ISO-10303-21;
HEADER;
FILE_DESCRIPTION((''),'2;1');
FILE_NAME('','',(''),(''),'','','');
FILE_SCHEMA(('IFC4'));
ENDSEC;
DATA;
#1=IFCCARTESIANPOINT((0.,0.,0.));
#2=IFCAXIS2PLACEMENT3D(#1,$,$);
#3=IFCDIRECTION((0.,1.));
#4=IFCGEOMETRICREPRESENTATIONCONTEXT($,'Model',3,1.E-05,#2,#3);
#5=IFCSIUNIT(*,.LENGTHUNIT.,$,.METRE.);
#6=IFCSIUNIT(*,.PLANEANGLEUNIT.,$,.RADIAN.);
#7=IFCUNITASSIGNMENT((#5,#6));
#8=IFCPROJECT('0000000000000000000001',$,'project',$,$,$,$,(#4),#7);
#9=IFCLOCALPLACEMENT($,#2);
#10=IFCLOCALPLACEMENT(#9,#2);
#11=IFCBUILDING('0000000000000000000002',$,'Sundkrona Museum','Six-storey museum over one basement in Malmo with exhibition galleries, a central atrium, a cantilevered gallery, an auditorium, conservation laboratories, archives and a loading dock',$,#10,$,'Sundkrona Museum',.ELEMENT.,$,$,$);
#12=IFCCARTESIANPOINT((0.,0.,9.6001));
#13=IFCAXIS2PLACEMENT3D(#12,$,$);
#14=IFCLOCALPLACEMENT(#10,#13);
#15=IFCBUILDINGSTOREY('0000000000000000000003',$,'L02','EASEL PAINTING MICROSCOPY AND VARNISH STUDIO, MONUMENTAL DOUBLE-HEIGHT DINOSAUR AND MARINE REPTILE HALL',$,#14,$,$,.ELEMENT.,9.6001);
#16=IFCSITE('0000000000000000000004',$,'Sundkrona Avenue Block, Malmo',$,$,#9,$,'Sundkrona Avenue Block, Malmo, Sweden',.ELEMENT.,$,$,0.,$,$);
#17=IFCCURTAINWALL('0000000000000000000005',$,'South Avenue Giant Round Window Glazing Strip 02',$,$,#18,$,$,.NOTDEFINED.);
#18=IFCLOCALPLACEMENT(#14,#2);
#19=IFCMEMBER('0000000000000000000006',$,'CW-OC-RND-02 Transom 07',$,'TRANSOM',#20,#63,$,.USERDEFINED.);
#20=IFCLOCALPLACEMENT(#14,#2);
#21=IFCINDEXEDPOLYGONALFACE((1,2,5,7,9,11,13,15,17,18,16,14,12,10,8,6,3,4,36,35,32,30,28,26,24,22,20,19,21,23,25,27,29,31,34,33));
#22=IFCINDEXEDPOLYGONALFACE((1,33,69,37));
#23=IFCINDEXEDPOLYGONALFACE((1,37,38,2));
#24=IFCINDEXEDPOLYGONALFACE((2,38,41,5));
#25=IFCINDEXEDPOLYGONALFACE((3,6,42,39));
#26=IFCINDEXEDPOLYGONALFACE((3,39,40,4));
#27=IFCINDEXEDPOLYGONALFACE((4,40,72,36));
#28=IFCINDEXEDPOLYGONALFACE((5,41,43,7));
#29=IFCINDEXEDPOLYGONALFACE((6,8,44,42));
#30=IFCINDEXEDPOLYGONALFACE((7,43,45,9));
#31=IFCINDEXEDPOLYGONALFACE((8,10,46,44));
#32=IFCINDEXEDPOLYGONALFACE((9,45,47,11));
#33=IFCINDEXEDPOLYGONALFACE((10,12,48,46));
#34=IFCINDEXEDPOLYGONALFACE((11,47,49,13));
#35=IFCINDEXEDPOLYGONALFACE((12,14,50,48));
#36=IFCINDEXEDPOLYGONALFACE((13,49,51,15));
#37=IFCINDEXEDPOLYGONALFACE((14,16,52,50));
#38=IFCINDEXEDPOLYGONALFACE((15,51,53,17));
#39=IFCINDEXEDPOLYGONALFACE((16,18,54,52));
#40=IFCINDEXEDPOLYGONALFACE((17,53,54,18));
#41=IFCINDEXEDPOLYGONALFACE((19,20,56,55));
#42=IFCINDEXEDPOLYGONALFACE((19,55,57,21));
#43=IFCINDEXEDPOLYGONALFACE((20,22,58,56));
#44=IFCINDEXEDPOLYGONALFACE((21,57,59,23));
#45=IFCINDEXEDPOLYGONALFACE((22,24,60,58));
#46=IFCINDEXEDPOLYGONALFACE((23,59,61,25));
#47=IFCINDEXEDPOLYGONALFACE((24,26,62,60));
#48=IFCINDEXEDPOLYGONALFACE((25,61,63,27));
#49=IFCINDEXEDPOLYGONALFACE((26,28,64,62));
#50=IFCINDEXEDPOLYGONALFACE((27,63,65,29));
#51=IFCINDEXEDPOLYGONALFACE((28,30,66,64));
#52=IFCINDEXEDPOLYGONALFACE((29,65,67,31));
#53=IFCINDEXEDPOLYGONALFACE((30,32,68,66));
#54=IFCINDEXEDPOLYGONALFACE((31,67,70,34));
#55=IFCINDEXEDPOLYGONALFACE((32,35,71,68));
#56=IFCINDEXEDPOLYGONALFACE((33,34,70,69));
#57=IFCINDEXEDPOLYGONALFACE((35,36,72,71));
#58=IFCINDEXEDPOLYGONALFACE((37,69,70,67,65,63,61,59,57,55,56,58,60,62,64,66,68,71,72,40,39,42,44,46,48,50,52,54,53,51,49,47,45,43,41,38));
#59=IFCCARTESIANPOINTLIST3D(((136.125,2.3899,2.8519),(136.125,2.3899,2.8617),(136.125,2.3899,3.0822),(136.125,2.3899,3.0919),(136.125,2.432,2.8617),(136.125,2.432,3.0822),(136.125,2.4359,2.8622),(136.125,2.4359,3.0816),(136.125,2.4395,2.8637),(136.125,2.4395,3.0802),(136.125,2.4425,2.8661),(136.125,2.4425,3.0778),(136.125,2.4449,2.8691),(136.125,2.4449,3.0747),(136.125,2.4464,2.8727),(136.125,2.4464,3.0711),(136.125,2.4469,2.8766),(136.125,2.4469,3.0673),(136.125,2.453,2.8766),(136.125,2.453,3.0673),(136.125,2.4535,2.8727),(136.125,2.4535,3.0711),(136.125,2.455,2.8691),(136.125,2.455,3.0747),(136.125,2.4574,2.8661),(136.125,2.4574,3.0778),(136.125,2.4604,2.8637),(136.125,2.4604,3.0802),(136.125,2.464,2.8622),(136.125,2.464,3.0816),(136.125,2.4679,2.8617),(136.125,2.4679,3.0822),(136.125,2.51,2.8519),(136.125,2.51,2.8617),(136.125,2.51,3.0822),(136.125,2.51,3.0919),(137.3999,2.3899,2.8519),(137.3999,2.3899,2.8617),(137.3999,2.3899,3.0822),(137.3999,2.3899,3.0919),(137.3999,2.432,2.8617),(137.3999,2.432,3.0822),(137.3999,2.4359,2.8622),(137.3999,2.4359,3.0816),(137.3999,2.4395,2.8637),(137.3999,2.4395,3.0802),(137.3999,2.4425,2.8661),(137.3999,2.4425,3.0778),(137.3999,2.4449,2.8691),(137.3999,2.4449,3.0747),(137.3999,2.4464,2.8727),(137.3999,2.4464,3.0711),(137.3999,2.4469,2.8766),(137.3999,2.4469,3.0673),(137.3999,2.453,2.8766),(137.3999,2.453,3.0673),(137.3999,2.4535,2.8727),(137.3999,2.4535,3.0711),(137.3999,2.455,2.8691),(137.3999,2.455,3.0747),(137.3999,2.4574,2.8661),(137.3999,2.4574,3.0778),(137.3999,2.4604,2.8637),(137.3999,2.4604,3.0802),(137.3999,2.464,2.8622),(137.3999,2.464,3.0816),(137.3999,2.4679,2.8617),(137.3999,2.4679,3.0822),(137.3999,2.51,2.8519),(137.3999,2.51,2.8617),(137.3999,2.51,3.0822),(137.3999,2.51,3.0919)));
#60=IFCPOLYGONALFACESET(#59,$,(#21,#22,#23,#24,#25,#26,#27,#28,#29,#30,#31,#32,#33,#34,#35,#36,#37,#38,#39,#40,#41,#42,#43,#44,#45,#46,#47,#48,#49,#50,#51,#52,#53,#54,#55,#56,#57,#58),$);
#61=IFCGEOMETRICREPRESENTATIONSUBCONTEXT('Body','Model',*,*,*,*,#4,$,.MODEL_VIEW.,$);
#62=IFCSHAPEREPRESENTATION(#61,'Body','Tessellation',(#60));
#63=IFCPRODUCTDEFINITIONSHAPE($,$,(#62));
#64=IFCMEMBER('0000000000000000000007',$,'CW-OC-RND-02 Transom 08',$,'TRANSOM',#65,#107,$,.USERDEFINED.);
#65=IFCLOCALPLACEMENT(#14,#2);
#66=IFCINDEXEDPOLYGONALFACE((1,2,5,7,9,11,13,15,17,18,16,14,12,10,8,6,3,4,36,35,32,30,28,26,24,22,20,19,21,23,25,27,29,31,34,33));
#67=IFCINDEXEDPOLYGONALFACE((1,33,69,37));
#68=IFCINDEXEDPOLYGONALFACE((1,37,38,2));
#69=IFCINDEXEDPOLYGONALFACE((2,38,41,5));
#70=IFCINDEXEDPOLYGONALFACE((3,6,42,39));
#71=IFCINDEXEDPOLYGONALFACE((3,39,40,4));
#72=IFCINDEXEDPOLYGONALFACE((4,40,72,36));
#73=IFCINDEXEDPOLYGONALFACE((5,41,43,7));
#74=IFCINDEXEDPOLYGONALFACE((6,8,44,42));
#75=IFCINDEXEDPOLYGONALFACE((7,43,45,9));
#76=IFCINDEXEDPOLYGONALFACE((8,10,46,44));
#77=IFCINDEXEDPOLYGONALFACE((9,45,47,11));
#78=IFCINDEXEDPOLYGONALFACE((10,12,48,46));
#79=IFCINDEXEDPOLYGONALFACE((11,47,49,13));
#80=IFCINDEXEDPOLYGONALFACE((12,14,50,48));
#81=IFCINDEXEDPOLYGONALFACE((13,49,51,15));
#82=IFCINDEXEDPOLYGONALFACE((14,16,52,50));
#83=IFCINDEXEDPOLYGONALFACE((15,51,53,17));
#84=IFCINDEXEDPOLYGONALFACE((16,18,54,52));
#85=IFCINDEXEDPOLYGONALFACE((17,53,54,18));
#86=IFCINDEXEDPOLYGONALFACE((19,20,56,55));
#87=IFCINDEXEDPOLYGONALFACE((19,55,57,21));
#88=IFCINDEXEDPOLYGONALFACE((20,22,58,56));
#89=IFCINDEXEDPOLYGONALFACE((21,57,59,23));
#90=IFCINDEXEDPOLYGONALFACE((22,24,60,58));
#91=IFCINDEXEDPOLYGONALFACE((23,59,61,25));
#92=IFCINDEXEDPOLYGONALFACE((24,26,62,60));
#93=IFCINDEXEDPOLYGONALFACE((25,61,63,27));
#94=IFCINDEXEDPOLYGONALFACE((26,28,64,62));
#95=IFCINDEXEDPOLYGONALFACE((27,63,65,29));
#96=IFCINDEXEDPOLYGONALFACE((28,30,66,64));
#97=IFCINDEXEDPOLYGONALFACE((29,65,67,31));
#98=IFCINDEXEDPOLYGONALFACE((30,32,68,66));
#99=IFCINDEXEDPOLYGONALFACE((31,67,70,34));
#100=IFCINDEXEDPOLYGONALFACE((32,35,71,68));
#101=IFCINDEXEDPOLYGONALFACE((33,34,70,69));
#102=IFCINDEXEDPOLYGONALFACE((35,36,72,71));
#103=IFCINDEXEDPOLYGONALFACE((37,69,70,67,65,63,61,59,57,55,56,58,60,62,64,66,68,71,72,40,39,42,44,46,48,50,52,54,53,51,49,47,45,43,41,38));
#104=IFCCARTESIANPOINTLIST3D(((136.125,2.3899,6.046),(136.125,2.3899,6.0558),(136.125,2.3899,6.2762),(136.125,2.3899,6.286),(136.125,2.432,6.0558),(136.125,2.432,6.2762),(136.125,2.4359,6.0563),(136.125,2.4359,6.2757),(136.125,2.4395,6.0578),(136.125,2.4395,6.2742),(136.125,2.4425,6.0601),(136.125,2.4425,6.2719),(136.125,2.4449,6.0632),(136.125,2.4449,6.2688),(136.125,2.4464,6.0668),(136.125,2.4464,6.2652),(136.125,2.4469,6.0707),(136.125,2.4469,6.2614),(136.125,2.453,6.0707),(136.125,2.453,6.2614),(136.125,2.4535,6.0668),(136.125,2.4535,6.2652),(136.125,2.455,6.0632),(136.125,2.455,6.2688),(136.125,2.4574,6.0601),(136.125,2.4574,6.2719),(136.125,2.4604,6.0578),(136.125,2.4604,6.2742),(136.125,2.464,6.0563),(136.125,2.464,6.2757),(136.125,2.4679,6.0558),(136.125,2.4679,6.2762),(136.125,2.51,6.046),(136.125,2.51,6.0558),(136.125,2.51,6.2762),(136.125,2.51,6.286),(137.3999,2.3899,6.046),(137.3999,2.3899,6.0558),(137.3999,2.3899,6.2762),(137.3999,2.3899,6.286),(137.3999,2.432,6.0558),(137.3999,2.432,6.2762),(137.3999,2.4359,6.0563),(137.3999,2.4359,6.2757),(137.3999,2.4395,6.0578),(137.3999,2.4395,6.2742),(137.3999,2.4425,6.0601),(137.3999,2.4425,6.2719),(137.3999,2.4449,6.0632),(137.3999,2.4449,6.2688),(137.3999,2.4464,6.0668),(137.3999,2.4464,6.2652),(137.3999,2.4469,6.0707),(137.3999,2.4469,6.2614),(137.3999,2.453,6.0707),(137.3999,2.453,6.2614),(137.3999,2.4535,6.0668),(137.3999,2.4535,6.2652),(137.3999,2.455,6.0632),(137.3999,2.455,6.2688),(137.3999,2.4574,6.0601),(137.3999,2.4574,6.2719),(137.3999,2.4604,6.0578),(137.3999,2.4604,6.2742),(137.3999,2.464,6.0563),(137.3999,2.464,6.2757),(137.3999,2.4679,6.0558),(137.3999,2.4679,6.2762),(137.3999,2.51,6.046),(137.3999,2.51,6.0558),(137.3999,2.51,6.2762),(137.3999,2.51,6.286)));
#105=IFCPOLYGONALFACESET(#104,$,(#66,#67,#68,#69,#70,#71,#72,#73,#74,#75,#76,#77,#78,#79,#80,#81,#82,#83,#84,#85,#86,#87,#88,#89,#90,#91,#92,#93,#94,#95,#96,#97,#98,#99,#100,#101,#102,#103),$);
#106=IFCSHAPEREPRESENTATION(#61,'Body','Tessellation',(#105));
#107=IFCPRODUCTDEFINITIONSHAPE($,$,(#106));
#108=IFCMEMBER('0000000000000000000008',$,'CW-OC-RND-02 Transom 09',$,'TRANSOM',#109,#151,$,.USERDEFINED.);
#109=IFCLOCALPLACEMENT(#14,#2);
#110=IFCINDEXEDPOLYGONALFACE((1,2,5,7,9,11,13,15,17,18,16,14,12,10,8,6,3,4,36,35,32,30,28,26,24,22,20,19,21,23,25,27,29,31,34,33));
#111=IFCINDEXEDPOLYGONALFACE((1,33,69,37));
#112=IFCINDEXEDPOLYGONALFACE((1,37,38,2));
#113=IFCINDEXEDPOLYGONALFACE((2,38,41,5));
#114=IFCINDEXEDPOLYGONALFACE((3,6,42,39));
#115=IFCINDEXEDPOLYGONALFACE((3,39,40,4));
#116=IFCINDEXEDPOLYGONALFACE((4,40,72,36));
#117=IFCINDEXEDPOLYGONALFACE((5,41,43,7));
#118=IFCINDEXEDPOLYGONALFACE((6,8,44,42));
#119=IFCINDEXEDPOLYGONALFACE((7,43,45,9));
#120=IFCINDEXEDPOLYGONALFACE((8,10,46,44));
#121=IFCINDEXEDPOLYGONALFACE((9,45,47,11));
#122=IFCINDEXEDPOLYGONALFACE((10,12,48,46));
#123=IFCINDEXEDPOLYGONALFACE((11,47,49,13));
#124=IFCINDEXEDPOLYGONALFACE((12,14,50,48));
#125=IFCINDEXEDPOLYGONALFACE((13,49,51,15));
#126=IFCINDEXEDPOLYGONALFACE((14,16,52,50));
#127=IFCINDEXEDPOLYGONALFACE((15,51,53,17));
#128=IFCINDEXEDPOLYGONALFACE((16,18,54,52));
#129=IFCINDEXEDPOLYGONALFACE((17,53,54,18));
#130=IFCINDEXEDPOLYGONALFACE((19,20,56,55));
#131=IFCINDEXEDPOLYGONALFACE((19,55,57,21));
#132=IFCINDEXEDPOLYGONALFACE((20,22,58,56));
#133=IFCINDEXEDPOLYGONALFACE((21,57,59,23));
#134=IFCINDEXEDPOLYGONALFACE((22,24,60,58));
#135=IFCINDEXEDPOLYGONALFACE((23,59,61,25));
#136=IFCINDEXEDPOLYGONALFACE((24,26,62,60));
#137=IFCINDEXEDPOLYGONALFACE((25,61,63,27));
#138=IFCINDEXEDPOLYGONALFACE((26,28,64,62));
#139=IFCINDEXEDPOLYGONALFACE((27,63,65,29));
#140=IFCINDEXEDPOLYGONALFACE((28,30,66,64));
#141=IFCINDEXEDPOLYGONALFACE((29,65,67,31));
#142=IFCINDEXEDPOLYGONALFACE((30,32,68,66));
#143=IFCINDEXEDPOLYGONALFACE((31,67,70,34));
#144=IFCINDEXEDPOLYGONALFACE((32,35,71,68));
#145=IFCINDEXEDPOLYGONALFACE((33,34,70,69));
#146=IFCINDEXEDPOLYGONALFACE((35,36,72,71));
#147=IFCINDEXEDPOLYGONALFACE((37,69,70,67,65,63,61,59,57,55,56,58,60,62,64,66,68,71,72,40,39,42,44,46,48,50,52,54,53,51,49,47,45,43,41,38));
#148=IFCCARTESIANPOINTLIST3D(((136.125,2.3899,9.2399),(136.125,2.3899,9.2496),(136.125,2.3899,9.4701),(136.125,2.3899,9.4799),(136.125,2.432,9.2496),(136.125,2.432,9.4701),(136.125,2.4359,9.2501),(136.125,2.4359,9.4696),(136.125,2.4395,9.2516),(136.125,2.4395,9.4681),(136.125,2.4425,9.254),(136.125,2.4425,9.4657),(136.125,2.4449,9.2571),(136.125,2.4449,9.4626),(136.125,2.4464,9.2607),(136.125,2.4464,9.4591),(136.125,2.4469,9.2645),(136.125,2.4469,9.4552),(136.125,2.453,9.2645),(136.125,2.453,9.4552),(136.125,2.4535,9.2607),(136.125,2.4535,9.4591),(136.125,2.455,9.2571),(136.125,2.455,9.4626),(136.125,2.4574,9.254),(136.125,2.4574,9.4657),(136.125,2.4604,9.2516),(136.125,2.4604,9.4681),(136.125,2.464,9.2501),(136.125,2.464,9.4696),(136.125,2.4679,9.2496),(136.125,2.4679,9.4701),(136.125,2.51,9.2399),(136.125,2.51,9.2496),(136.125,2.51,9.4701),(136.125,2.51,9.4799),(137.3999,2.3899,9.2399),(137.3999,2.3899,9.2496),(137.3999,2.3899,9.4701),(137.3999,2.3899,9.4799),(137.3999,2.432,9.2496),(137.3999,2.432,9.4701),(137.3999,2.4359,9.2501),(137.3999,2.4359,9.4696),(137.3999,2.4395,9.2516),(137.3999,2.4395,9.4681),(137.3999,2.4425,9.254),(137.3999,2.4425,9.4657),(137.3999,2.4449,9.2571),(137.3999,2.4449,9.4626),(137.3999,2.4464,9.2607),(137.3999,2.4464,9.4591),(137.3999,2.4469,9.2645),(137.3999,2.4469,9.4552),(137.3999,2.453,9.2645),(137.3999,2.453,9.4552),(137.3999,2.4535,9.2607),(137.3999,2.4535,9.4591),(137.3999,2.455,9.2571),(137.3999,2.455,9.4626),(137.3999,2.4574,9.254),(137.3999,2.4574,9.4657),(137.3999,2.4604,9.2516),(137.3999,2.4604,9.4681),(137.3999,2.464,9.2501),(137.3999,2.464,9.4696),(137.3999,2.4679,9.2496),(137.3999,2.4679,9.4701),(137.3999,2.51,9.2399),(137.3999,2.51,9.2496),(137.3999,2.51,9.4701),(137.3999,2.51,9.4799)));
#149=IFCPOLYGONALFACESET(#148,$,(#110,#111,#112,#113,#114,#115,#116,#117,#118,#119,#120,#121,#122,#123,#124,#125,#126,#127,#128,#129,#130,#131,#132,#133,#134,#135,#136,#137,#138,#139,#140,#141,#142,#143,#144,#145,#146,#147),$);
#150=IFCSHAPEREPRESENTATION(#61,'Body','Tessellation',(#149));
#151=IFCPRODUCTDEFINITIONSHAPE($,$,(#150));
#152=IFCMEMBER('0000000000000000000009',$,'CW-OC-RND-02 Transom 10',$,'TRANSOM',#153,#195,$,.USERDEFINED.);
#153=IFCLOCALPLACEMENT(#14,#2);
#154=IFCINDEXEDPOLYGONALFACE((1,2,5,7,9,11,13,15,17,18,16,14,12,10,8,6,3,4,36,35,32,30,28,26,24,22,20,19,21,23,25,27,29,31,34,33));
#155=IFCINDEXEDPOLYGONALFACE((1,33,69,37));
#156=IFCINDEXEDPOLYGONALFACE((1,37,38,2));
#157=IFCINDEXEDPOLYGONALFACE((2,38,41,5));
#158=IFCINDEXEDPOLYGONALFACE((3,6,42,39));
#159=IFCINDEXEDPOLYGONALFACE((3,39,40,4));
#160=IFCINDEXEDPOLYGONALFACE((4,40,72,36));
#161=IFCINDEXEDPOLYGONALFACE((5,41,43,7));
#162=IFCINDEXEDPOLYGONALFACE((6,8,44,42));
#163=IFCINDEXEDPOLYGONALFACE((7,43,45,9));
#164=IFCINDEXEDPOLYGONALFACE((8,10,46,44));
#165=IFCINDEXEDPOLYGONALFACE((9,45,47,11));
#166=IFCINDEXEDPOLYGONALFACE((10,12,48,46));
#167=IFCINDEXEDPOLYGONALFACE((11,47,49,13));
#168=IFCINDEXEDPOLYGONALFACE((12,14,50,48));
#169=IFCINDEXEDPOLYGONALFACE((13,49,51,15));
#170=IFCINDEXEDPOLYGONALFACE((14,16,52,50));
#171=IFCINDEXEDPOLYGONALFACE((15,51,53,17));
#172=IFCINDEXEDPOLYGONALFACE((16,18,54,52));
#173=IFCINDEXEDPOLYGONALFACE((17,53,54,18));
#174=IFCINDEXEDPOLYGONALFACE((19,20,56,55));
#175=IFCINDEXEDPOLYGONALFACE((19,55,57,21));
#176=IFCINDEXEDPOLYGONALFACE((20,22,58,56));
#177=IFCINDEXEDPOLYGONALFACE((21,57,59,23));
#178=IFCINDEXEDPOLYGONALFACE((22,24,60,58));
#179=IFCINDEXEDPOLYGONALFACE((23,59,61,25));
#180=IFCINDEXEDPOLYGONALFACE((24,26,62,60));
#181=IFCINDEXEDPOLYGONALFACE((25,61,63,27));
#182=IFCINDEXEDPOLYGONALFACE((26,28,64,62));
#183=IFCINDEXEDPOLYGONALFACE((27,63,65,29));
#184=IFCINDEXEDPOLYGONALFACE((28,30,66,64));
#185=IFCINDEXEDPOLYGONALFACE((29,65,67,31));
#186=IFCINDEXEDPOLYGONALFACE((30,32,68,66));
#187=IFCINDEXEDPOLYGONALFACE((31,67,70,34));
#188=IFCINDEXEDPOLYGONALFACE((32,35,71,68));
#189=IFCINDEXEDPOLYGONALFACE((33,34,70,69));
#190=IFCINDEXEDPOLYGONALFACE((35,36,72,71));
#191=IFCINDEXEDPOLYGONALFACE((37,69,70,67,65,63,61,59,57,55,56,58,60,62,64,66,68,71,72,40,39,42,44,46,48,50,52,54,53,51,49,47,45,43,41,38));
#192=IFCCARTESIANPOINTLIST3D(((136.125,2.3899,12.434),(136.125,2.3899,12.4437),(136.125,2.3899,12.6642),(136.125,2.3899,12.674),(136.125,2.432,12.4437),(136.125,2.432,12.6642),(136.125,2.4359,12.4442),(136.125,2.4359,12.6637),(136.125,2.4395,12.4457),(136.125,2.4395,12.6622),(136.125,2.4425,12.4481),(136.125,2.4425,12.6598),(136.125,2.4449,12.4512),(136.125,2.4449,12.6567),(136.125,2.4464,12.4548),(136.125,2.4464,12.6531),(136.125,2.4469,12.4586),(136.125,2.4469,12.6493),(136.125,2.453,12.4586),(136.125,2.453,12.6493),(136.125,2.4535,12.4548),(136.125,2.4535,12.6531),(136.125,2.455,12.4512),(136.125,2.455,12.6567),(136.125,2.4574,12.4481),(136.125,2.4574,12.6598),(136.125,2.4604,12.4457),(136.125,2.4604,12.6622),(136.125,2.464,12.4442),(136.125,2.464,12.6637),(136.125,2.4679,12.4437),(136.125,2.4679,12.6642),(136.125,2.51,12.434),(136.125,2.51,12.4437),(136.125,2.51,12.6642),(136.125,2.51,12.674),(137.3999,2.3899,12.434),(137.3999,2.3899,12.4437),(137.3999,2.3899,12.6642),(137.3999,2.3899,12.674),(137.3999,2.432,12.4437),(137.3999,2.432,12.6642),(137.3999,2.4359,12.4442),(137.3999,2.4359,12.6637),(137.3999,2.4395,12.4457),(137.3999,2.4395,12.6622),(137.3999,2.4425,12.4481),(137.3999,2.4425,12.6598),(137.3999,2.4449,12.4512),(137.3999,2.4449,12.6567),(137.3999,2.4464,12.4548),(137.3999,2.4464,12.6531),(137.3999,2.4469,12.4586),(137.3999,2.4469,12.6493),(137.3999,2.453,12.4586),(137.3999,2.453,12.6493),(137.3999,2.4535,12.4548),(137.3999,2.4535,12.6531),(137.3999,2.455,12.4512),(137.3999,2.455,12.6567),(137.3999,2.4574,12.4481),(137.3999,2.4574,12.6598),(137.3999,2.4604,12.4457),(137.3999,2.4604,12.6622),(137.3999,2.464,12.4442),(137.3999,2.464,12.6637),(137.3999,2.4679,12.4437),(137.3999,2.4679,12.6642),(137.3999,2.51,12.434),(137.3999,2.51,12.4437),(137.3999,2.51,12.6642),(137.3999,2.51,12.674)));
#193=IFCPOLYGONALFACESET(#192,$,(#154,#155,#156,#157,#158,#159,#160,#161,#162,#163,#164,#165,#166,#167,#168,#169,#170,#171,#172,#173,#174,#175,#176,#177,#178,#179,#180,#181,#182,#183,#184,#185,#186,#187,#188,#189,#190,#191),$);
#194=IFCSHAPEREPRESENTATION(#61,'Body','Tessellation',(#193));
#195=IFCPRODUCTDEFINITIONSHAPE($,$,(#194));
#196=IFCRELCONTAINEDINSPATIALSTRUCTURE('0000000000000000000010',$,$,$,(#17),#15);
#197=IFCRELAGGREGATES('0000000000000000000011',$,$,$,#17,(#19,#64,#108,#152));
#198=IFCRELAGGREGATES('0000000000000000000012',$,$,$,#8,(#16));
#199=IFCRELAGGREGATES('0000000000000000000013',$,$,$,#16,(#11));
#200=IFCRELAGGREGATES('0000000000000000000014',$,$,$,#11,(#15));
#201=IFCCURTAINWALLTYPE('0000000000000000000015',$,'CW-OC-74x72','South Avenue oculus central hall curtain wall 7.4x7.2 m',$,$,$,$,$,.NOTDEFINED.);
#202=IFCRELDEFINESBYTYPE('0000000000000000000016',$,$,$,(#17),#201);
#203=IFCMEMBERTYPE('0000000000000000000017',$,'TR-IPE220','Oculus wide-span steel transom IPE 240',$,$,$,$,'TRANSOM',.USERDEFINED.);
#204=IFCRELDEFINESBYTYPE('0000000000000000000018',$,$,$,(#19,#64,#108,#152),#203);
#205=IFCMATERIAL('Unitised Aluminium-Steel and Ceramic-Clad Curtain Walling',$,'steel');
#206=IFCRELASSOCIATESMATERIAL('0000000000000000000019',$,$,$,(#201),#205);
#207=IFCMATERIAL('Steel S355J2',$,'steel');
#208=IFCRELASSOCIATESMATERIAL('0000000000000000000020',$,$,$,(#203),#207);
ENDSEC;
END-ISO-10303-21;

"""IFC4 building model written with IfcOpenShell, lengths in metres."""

from ifc_helpers import new_model, si_unit, direction, frame, origin, origin_2d, place, context, subcontext, project, spatial, i_section, extrude, material, material_profile, profile_set, type_object, element, aggregate, save


model = new_model("IFC4")

# Units and contexts
model_context = context("Model", 3, precision=1e-05, world=origin(), true_north=direction((0.0, 1.0)))
body_context = subcontext(model_context, "Body", "Model", "MODEL_VIEW")
ifc_project = project(units=[si_unit("LENGTHUNIT", "METRE"), si_unit("PLANEANGLEUNIT", "RADIAN")], contexts=[model_context])

# Site, building, storey
site_placement = place(None, origin())
site = spatial("IfcSite", under=ifc_project, at=site_placement, Name="Sundkrona Avenue Block, Malmo", LongName="Sundkrona Avenue Block, Malmo, Sweden", CompositionType="ELEMENT", RefElevation=0.0)
building_placement = place(site_placement, origin())
building = spatial("IfcBuilding", under=site, at=building_placement, Name="Sundkrona Museum", Description="Six-storey museum over one basement in Malmo with exhibition galleries, a central atrium, a cantilevered gallery, an auditorium, conservation laboratories, archives and a loading dock", LongName="Sundkrona Museum", CompositionType="ELEMENT")
storey_placement = place(building_placement, frame((0.0, 0.0, 9.6001)))
storey = spatial("IfcBuildingStorey", under=building, at=storey_placement, Name="L02", Description="EASEL PAINTING MICROSCOPY AND VARNISH STUDIO, MONUMENTAL DOUBLE-HEIGHT DINOSAUR AND MARINE REPTILE HALL", CompositionType="ELEMENT", Elevation=9.6001)

# Curtain wall, members
ifc_material_1 = material(Name="Unitised Aluminium-Steel and Ceramic-Clad Curtain Walling", Category="steel")
curtain_wall_type = type_object("IfcCurtainWallType", Name="CW-OC-74x72", Description="South Avenue oculus central hall curtain wall 7.4x7.2 m", PredefinedType="NOTDEFINED", material=ifc_material_1)
curtain_wall_1_placement = place(storey_placement, origin())
curtain_wall_1 = element("IfcCurtainWall", 1, at=curtain_wall_1_placement, inside=storey, type_object=curtain_wall_type, Name="South Avenue Giant Round Window Glazing Strip 02", PredefinedType="NOTDEFINED")
ifc_material_2 = material(Name="Steel S355J2", Category="steel")
ifc_material_profile = material_profile(ifc_material_2, i_section(OverallWidth=0.1201, OverallDepth=0.24, WebThickness=0.0061, FlangeThickness=0.0098, FilletRadius=0.0149, at=origin_2d()), Name="IPE 240")
ifc_profile_set = profile_set([ifc_material_profile], Name="Steel S355J2")
member_type = type_object("IfcMemberType", Name="TR-IPE220", Description="Oculus wide-span steel transom IPE 240", ElementType="TRANSOM", PredefinedType="USERDEFINED", material=ifc_profile_set)
member_1_placement = place(storey_placement, frame((136.125, 2.45, 2.9719), z_axis=(1.0, 0.0, 0.0), x_axis=(0.0, 1.0, 0.0)))
member_1 = element("IfcMember", 2, at=member_1_placement, type_object=member_type, Name="CW-OC-RND-02 Transom 07", ObjectType="TRANSOM", PredefinedType="USERDEFINED", context=body_context, shape_type="SweptSolid", body=[
    extrude(i_section(OverallWidth=0.1201, OverallDepth=0.24, WebThickness=0.0061, FlangeThickness=0.0098, FilletRadius=0.0149, at=origin_2d()), origin(), (0.0, 0.0, 1.0), 1.2749),
])
member_2_placement = place(storey_placement, frame((136.125, 2.45, 6.166), z_axis=(1.0, 0.0, 0.0), x_axis=(0.0, 1.0, 0.0)))
member_2 = element("IfcMember", 3, at=member_2_placement, type_object=member_type, Name="CW-OC-RND-02 Transom 08", ObjectType="TRANSOM", PredefinedType="USERDEFINED", context=body_context, shape_type="SweptSolid", body=[
    extrude(i_section(OverallWidth=0.1201, OverallDepth=0.24, WebThickness=0.0061, FlangeThickness=0.0098, FilletRadius=0.0149, at=origin_2d()), origin(), (0.0, 0.0, 1.0), 1.2749),
])
member_3_placement = place(storey_placement, frame((136.125, 2.45, 9.3599), z_axis=(1.0, 0.0, 0.0), x_axis=(0.0, 1.0, 0.0)))
member_3 = element("IfcMember", 4, at=member_3_placement, type_object=member_type, Name="CW-OC-RND-02 Transom 09", ObjectType="TRANSOM", PredefinedType="USERDEFINED", context=body_context, shape_type="SweptSolid", body=[
    extrude(i_section(OverallWidth=0.1201, OverallDepth=0.24, WebThickness=0.0061, FlangeThickness=0.0098, FilletRadius=0.0149, at=origin_2d()), origin(), (0.0, 0.0, 1.0), 1.2749),
])
member_4_placement = place(storey_placement, frame((136.125, 2.45, 12.554), z_axis=(1.0, 0.0, 0.0), x_axis=(0.0, 1.0, 0.0)))
member_4 = element("IfcMember", 5, at=member_4_placement, type_object=member_type, Name="CW-OC-RND-02 Transom 10", ObjectType="TRANSOM", PredefinedType="USERDEFINED", context=body_context, shape_type="SweptSolid", body=[
    extrude(i_section(OverallWidth=0.1201, OverallDepth=0.24, WebThickness=0.0061, FlangeThickness=0.0098, FilletRadius=0.0149, at=origin_2d()), origin(), (0.0, 0.0, 1.0), 1.2749),
])

aggregate(curtain_wall_1, [member_1, member_2, member_3, member_4])

save(model, "model.ifc")
